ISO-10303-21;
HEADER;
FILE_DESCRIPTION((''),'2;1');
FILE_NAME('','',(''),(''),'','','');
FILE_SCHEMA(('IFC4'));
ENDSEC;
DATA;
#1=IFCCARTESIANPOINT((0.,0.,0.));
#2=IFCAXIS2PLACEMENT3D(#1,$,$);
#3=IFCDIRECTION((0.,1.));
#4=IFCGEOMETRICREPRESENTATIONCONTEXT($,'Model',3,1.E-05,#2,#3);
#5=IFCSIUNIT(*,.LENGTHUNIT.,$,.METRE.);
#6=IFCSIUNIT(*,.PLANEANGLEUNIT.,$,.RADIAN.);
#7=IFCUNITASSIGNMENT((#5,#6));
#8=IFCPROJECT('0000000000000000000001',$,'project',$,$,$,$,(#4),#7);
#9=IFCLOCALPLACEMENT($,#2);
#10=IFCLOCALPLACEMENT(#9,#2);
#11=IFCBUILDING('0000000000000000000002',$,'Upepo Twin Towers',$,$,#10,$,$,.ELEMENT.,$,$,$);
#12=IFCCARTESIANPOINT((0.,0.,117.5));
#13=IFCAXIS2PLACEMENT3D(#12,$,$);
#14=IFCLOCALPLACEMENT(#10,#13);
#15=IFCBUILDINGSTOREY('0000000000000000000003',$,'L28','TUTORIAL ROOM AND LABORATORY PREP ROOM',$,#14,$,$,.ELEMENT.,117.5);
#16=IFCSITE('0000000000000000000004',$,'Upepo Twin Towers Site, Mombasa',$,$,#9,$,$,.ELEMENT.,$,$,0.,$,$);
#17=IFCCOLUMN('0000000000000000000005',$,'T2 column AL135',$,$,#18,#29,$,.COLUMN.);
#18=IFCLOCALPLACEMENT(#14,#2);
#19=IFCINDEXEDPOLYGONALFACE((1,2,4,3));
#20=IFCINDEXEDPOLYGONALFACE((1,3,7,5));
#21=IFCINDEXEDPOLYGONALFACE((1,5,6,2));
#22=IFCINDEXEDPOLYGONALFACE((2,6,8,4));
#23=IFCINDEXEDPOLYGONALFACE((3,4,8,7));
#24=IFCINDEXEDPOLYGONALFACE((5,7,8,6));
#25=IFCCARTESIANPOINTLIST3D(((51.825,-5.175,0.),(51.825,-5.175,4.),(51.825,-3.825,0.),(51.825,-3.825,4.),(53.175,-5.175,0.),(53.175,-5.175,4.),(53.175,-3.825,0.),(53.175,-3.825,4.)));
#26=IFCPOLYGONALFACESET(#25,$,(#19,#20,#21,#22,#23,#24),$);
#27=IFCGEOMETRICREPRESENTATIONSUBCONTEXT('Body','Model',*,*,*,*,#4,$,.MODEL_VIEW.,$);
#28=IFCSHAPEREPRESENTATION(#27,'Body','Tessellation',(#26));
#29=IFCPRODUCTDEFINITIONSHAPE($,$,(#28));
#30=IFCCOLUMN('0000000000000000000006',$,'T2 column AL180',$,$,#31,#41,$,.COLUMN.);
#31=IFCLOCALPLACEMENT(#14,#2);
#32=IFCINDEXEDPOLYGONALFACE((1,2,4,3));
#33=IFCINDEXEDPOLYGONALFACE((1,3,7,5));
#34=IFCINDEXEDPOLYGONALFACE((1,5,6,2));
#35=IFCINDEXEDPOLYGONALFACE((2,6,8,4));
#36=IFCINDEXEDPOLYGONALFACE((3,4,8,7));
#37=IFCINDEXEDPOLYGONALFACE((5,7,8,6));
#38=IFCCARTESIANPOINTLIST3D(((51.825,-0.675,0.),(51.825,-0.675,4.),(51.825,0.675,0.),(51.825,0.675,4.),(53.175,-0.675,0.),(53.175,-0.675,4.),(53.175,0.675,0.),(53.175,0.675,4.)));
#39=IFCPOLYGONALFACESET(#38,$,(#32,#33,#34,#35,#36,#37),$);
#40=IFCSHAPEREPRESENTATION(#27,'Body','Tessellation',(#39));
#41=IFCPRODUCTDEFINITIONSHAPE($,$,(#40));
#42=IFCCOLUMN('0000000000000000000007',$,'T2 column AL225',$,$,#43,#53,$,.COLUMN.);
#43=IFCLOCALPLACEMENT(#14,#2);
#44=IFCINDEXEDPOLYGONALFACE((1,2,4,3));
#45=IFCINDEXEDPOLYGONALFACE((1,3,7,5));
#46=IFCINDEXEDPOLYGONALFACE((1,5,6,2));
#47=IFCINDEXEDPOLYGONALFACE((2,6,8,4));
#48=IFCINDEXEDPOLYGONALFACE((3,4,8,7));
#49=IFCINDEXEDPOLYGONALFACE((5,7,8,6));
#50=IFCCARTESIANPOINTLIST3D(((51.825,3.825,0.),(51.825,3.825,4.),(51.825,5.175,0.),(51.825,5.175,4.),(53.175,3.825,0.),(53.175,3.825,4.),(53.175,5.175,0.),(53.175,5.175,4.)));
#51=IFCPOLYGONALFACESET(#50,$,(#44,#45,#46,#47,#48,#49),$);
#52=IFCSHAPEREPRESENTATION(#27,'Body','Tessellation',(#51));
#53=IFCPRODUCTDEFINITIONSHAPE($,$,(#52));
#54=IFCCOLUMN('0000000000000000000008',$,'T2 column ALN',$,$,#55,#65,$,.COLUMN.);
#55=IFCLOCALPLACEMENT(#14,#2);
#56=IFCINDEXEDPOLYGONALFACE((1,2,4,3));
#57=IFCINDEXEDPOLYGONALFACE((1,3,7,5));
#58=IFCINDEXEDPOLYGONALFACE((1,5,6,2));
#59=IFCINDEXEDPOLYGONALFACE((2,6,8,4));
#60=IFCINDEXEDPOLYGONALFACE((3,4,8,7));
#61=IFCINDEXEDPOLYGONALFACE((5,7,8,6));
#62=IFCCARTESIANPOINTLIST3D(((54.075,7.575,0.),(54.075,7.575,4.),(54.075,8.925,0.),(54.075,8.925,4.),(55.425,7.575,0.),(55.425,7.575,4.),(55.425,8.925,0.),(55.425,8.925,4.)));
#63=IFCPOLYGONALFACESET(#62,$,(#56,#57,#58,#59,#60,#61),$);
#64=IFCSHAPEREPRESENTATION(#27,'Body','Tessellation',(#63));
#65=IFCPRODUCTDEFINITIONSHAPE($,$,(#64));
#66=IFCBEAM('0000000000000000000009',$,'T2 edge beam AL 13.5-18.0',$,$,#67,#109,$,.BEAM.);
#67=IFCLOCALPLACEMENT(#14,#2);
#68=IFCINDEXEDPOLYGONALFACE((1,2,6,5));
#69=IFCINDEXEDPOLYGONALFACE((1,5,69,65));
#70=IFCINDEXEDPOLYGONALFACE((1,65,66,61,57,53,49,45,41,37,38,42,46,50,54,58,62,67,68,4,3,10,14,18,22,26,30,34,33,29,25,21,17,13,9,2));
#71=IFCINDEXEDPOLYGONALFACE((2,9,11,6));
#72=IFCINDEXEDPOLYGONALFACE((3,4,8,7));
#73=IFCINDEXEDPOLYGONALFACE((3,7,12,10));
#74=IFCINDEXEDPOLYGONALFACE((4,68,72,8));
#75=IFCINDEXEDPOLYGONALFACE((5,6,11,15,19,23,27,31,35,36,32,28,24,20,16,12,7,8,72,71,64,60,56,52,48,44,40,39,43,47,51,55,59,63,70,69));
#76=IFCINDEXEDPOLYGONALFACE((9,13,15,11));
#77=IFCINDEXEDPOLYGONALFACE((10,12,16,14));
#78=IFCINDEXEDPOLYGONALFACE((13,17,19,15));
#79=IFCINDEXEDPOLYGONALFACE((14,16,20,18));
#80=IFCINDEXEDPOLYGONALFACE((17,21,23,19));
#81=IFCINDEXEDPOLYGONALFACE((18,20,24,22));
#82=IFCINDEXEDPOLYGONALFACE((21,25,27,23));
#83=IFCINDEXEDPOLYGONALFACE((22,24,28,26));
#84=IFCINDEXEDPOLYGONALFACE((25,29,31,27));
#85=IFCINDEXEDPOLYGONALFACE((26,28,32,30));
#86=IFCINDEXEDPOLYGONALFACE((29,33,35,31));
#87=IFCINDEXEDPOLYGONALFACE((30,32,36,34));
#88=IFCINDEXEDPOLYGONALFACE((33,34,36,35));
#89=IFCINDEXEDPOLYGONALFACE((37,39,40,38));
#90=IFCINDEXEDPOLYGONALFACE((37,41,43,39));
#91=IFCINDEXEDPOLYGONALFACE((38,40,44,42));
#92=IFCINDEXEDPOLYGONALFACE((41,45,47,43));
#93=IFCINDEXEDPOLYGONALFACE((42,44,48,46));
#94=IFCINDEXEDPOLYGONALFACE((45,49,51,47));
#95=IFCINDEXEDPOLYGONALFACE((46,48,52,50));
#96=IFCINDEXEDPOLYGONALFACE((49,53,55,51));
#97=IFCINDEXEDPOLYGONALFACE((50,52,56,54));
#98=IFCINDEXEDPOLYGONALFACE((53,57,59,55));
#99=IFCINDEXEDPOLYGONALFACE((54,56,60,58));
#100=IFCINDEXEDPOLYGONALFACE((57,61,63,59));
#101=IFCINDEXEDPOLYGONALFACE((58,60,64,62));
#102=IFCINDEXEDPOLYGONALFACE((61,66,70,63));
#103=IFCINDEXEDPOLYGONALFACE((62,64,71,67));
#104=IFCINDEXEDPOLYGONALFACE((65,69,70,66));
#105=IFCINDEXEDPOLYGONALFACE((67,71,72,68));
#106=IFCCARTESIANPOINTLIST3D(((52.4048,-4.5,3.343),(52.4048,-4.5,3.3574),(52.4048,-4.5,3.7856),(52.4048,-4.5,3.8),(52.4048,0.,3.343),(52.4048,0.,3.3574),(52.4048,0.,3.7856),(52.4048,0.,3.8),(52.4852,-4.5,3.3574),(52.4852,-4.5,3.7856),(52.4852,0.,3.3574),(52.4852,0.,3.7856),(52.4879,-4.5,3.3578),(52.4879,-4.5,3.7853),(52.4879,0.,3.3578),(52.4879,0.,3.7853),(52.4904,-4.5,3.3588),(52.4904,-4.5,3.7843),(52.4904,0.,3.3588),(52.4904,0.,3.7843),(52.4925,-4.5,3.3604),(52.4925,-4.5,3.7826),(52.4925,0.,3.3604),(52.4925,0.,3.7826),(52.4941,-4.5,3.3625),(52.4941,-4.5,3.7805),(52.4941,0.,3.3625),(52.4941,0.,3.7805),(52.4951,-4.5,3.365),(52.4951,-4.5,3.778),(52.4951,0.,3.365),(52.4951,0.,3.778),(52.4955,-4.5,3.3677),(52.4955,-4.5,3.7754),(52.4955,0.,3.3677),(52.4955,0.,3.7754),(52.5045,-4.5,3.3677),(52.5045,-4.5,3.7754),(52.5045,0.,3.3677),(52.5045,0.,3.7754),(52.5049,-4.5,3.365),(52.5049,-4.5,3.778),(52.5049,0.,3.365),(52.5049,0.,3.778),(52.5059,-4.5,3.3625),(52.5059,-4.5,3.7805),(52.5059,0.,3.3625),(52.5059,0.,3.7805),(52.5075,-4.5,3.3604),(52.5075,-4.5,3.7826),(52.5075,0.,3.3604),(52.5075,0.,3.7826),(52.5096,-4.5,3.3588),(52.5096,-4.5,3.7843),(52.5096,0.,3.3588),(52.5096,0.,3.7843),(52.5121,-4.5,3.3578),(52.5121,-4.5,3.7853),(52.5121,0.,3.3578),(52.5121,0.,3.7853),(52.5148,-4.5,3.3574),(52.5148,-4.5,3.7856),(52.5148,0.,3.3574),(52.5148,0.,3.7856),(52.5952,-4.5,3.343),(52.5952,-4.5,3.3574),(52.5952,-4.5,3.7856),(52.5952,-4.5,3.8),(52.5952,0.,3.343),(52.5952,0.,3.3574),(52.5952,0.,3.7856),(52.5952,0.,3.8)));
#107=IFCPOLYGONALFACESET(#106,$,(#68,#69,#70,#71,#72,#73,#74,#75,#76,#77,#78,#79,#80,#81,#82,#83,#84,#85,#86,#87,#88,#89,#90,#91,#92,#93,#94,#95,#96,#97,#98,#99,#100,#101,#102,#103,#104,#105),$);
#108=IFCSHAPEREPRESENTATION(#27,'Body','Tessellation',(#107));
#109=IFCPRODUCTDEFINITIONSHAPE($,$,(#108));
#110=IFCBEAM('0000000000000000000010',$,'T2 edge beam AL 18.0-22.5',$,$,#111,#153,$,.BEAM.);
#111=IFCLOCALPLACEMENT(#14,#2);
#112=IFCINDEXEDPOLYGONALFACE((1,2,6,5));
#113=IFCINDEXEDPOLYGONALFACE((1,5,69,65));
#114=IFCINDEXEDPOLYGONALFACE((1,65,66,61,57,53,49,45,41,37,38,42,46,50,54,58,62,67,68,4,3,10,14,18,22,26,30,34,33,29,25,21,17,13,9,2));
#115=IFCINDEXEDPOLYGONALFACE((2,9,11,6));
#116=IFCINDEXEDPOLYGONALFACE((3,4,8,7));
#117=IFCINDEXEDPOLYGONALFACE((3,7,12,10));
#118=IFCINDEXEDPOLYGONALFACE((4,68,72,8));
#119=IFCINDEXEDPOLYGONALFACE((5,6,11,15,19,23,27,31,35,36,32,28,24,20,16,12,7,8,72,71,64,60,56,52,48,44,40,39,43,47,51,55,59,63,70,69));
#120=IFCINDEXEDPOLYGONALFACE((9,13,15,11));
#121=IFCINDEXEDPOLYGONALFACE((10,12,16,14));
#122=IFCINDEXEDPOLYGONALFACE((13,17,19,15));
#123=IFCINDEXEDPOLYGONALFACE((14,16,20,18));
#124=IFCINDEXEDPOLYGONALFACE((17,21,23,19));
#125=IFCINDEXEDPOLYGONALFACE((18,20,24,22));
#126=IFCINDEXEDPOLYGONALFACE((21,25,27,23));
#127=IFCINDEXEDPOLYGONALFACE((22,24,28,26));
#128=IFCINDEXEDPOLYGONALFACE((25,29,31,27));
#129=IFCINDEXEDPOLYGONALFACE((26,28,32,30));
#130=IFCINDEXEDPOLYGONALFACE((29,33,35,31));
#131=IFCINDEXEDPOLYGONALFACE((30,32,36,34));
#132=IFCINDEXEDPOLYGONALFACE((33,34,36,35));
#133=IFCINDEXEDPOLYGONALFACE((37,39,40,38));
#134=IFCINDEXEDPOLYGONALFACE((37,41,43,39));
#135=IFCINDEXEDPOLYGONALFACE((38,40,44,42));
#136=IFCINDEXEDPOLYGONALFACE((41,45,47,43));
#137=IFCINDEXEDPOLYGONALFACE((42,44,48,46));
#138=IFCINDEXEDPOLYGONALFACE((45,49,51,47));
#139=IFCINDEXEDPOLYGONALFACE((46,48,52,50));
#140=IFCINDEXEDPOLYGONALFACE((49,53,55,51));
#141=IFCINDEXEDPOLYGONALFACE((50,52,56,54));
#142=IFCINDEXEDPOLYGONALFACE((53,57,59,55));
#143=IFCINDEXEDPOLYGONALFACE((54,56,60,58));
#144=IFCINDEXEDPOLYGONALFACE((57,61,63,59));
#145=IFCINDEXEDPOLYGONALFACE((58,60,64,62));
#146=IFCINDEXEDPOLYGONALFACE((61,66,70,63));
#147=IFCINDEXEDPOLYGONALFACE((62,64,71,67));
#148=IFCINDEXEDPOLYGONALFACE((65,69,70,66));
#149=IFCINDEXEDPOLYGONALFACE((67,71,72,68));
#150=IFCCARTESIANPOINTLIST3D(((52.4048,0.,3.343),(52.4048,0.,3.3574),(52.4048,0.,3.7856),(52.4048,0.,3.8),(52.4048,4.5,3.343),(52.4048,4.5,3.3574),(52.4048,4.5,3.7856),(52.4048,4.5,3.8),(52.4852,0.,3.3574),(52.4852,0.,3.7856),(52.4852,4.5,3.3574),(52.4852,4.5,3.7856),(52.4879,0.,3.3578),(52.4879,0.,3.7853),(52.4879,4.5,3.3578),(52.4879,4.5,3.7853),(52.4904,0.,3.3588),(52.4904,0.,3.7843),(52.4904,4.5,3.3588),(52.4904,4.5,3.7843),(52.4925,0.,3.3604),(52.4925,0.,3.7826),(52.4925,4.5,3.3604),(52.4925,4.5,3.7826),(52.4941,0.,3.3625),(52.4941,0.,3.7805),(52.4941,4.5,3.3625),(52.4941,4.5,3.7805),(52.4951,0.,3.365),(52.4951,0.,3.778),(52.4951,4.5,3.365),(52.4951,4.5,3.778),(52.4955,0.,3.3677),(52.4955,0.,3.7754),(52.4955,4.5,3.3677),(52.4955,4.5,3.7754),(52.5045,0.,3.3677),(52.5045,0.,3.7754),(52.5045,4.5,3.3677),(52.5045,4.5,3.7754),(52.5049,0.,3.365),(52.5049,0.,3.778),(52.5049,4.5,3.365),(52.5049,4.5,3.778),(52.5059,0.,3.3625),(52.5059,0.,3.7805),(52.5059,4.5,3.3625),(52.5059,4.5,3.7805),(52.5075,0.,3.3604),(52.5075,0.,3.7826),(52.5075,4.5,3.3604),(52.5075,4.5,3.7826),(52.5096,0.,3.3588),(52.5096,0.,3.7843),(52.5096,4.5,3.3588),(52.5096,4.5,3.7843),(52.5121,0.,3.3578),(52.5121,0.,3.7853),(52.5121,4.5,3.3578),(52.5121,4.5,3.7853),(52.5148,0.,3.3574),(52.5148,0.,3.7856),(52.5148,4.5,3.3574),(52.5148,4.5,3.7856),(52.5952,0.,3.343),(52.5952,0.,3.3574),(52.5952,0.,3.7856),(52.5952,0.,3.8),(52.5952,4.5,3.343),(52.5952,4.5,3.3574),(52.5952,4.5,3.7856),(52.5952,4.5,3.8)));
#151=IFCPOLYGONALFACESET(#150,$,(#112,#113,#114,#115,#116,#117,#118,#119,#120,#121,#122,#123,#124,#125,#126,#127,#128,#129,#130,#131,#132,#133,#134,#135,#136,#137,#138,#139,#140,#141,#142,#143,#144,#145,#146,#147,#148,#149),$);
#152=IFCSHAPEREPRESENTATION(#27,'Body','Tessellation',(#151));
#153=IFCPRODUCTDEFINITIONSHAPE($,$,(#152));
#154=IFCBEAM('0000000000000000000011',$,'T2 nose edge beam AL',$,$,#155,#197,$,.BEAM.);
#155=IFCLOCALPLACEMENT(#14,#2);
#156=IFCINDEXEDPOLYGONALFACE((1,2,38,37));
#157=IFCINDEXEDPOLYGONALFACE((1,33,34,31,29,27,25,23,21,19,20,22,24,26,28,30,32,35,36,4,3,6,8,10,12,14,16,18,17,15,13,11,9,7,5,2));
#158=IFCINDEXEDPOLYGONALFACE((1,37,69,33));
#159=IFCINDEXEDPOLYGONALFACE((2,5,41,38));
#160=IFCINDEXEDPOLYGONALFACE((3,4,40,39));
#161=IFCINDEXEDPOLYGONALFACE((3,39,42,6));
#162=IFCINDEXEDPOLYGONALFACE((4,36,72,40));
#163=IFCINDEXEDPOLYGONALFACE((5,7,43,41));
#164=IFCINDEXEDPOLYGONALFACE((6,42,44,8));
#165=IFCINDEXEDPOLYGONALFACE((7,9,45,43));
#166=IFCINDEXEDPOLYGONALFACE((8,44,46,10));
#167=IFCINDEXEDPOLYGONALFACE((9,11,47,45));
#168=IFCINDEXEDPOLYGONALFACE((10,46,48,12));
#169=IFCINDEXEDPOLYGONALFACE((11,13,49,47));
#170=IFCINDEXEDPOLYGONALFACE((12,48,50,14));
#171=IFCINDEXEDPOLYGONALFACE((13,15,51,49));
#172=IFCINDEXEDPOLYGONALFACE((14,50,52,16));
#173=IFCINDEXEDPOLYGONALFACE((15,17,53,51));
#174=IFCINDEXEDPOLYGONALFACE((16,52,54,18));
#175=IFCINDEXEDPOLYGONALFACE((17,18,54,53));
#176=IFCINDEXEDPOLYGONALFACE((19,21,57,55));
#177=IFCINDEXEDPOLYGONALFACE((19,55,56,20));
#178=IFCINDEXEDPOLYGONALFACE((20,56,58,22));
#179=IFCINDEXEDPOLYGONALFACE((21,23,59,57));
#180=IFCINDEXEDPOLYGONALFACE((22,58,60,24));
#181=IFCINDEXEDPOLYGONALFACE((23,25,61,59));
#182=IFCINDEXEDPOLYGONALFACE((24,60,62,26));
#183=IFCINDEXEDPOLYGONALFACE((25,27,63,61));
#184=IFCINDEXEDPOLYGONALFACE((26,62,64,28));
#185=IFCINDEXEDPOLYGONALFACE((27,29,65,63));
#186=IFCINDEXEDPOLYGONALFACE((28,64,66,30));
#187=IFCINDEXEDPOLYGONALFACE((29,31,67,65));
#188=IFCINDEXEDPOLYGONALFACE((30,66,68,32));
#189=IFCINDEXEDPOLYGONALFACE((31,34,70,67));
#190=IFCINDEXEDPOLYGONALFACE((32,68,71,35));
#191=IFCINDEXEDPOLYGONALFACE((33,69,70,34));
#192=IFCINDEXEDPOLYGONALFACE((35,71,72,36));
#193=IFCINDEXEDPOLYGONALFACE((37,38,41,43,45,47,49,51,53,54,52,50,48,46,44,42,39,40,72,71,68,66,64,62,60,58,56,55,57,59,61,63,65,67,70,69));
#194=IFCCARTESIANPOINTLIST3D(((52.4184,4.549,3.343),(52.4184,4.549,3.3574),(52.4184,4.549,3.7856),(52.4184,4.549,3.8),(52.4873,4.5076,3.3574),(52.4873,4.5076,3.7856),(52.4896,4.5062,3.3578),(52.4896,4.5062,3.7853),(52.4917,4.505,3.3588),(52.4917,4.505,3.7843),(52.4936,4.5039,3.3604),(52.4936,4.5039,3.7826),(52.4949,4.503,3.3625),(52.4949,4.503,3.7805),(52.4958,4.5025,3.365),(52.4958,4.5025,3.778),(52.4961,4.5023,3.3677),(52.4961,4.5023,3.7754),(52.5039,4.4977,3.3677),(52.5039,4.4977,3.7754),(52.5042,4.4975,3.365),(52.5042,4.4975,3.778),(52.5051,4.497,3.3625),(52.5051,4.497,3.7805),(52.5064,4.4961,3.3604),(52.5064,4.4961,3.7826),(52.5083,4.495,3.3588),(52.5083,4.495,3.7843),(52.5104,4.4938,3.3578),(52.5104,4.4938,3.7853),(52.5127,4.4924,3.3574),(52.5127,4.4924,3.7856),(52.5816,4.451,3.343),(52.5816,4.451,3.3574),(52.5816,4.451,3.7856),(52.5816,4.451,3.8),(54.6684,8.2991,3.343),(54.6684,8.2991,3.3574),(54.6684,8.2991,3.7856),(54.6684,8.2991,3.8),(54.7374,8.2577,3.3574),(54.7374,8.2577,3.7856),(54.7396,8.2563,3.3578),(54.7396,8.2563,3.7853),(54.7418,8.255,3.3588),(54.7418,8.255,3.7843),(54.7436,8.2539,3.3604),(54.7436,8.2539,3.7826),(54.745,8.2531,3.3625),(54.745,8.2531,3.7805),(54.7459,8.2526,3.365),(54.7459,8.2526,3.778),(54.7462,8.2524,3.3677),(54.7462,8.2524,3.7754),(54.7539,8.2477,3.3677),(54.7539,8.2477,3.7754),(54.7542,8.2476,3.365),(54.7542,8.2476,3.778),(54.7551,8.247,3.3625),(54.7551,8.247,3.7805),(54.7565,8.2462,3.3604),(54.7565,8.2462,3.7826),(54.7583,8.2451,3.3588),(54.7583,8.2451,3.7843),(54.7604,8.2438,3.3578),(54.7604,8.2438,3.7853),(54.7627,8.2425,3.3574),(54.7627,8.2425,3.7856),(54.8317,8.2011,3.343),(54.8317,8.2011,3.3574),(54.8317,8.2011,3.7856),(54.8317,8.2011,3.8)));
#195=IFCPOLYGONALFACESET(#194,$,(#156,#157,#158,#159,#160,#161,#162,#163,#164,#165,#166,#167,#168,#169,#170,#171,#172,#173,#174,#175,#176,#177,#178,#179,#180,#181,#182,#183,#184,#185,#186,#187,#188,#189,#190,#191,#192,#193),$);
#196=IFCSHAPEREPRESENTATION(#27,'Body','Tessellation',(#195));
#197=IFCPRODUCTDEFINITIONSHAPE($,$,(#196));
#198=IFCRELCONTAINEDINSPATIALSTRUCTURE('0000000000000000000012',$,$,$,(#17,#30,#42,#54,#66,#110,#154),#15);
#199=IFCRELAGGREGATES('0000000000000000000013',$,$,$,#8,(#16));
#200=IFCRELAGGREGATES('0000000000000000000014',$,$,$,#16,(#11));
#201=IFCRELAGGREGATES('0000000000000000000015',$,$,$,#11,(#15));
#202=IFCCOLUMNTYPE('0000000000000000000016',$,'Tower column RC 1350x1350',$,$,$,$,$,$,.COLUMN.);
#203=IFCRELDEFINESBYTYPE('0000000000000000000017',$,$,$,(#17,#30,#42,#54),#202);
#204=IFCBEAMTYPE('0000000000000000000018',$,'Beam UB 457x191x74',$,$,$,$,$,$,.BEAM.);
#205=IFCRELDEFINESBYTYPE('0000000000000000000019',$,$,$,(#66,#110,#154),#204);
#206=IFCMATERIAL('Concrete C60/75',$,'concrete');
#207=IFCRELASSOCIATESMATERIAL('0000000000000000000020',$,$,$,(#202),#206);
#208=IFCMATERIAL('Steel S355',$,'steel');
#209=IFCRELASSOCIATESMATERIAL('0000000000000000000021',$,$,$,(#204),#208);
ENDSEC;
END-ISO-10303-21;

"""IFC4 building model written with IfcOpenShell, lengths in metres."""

from ifc_helpers import new_model, si_unit, direction, frame, origin, origin_2d, place, context, subcontext, project, spatial, rectangle, i_section, extrude, material, material_profile, profile_set, type_object, element, save


model = new_model("IFC4")

# Units and contexts
model_context = context("Model", 3, precision=1e-05, world=origin(), true_north=direction((0.0, 1.0)))
body_context = subcontext(model_context, "Body", "Model", "MODEL_VIEW")
ifc_project = project(units=[si_unit("LENGTHUNIT", "METRE"), si_unit("PLANEANGLEUNIT", "RADIAN")], contexts=[model_context])

# Site, building, storey
site_placement = place(None, origin())
site = spatial("IfcSite", under=ifc_project, at=site_placement, Name="Upepo Twin Towers Site, Mombasa", CompositionType="ELEMENT", RefElevation=0.0)
building_placement = place(site_placement, origin())
building = spatial("IfcBuilding", under=site, at=building_placement, Name="Upepo Twin Towers", CompositionType="ELEMENT")
storey_placement = place(building_placement, frame((0.0, 0.0, 117.5)))
storey = spatial("IfcBuildingStorey", under=building, at=storey_placement, Name="L28", Description="TUTORIAL ROOM AND LABORATORY PREP ROOM", CompositionType="ELEMENT", Elevation=117.5)

# Columns
ifc_material_1 = material(Name="Concrete C60/75", Category="concrete")
ifc_material_profile_1 = material_profile(ifc_material_1, rectangle(XDim=1.3501, YDim=1.3501, at=origin_2d()), Name="RC 1350x1350")
ifc_profile_set_1 = profile_set([ifc_material_profile_1], Name="Concrete C60/75")
column_type = type_object("IfcColumnType", Name="Tower column RC 1350x1350", PredefinedType="COLUMN", material=ifc_profile_set_1)
for number, where, z_axis, x_axis, name in (
    (1, (52.5, -4.5, 0.0), (0.0, 0.0, 1.0), (1.0, 0.0, 0.0), "T2 column AL135"),
    (2, (52.5, 0.0, 0.0), (0.0, 0.0, 1.0), (1.0, 0.0, 0.0), "T2 column AL180"),
    (3, (52.5, 4.5, 0.0), (0.0, 0.0, 1.0), (1.0, 0.0, 0.0), "T2 column AL225"),
    (4, (54.75, 8.25, 0.0), (0.0, 0.0, 1.0), (1.0, 0.0, 0.0), "T2 column ALN"),
):
    element("IfcColumn", number, at=place(storey_placement, frame(where, z_axis=z_axis, x_axis=x_axis)), inside=storey, type_object=column_type, Name=name, PredefinedType="COLUMN", context=body_context, shape_type="SweptSolid", body=[
        extrude(rectangle(XDim=1.3501, YDim=1.3501, at=origin_2d()), origin(), (0.0, 0.0, 1.0), 4.0),
    ])

# Beams
ifc_material_2 = material(Name="Steel S355", Category="steel")
ifc_material_profile_2 = material_profile(ifc_material_2, i_section(OverallWidth=0.1904, OverallDepth=0.457, WebThickness=0.009, FlangeThickness=0.0144, FilletRadius=0.0103, at=origin_2d()), Name="UB 457x191x74")
ifc_profile_set_2 = profile_set([ifc_material_profile_2], Name="Steel S355")
beam_type_1 = type_object("IfcBeamType", Name="Beam UB 457x191x74", PredefinedType="BEAM", material=ifc_profile_set_2)
for number, where, z_axis, x_axis, name in (
    (5, (52.5, -4.5, 3.5715), (0.0, 1.0, 0.0), (-1.0, 0.0, 0.0), "T2 edge beam AL 13.5-18.0"),
    (6, (52.5, 0.0, 3.5715), (0.0, 1.0, 0.0), (-1.0, 0.0, 0.0), "T2 edge beam AL 18.0-22.5"),
):
    element("IfcBeam", number, at=place(storey_placement, frame(where, z_axis=z_axis, x_axis=x_axis)), inside=storey, type_object=beam_type_1, Name=name, PredefinedType="BEAM", context=body_context, shape_type="SweptSolid", body=[
        extrude(i_section(OverallWidth=0.1904, OverallDepth=0.457, WebThickness=0.009, FlangeThickness=0.0144, FilletRadius=0.0103, at=origin_2d()), origin(), (0.0, 0.0, 1.0), 4.5),
    ])
beam_1_placement = place(storey_placement, frame((52.5, 4.5, 3.5715), z_axis=(0.514496, 0.857493, 0.0), x_axis=(-0.857493, 0.514496, 0.0)))
element("IfcBeam", 7, at=beam_1_placement, inside=storey, type_object=beam_type_1, Name="T2 nose edge beam AL", PredefinedType="BEAM", context=body_context, shape_type="SweptSolid", body=[
    extrude(i_section(OverallWidth=0.1904, OverallDepth=0.457, WebThickness=0.009, FlangeThickness=0.0144, FilletRadius=0.0103, at=origin_2d()), origin(), (0.0, 0.0, 1.0), 4.3733),
])

save(model, "model.ifc")
